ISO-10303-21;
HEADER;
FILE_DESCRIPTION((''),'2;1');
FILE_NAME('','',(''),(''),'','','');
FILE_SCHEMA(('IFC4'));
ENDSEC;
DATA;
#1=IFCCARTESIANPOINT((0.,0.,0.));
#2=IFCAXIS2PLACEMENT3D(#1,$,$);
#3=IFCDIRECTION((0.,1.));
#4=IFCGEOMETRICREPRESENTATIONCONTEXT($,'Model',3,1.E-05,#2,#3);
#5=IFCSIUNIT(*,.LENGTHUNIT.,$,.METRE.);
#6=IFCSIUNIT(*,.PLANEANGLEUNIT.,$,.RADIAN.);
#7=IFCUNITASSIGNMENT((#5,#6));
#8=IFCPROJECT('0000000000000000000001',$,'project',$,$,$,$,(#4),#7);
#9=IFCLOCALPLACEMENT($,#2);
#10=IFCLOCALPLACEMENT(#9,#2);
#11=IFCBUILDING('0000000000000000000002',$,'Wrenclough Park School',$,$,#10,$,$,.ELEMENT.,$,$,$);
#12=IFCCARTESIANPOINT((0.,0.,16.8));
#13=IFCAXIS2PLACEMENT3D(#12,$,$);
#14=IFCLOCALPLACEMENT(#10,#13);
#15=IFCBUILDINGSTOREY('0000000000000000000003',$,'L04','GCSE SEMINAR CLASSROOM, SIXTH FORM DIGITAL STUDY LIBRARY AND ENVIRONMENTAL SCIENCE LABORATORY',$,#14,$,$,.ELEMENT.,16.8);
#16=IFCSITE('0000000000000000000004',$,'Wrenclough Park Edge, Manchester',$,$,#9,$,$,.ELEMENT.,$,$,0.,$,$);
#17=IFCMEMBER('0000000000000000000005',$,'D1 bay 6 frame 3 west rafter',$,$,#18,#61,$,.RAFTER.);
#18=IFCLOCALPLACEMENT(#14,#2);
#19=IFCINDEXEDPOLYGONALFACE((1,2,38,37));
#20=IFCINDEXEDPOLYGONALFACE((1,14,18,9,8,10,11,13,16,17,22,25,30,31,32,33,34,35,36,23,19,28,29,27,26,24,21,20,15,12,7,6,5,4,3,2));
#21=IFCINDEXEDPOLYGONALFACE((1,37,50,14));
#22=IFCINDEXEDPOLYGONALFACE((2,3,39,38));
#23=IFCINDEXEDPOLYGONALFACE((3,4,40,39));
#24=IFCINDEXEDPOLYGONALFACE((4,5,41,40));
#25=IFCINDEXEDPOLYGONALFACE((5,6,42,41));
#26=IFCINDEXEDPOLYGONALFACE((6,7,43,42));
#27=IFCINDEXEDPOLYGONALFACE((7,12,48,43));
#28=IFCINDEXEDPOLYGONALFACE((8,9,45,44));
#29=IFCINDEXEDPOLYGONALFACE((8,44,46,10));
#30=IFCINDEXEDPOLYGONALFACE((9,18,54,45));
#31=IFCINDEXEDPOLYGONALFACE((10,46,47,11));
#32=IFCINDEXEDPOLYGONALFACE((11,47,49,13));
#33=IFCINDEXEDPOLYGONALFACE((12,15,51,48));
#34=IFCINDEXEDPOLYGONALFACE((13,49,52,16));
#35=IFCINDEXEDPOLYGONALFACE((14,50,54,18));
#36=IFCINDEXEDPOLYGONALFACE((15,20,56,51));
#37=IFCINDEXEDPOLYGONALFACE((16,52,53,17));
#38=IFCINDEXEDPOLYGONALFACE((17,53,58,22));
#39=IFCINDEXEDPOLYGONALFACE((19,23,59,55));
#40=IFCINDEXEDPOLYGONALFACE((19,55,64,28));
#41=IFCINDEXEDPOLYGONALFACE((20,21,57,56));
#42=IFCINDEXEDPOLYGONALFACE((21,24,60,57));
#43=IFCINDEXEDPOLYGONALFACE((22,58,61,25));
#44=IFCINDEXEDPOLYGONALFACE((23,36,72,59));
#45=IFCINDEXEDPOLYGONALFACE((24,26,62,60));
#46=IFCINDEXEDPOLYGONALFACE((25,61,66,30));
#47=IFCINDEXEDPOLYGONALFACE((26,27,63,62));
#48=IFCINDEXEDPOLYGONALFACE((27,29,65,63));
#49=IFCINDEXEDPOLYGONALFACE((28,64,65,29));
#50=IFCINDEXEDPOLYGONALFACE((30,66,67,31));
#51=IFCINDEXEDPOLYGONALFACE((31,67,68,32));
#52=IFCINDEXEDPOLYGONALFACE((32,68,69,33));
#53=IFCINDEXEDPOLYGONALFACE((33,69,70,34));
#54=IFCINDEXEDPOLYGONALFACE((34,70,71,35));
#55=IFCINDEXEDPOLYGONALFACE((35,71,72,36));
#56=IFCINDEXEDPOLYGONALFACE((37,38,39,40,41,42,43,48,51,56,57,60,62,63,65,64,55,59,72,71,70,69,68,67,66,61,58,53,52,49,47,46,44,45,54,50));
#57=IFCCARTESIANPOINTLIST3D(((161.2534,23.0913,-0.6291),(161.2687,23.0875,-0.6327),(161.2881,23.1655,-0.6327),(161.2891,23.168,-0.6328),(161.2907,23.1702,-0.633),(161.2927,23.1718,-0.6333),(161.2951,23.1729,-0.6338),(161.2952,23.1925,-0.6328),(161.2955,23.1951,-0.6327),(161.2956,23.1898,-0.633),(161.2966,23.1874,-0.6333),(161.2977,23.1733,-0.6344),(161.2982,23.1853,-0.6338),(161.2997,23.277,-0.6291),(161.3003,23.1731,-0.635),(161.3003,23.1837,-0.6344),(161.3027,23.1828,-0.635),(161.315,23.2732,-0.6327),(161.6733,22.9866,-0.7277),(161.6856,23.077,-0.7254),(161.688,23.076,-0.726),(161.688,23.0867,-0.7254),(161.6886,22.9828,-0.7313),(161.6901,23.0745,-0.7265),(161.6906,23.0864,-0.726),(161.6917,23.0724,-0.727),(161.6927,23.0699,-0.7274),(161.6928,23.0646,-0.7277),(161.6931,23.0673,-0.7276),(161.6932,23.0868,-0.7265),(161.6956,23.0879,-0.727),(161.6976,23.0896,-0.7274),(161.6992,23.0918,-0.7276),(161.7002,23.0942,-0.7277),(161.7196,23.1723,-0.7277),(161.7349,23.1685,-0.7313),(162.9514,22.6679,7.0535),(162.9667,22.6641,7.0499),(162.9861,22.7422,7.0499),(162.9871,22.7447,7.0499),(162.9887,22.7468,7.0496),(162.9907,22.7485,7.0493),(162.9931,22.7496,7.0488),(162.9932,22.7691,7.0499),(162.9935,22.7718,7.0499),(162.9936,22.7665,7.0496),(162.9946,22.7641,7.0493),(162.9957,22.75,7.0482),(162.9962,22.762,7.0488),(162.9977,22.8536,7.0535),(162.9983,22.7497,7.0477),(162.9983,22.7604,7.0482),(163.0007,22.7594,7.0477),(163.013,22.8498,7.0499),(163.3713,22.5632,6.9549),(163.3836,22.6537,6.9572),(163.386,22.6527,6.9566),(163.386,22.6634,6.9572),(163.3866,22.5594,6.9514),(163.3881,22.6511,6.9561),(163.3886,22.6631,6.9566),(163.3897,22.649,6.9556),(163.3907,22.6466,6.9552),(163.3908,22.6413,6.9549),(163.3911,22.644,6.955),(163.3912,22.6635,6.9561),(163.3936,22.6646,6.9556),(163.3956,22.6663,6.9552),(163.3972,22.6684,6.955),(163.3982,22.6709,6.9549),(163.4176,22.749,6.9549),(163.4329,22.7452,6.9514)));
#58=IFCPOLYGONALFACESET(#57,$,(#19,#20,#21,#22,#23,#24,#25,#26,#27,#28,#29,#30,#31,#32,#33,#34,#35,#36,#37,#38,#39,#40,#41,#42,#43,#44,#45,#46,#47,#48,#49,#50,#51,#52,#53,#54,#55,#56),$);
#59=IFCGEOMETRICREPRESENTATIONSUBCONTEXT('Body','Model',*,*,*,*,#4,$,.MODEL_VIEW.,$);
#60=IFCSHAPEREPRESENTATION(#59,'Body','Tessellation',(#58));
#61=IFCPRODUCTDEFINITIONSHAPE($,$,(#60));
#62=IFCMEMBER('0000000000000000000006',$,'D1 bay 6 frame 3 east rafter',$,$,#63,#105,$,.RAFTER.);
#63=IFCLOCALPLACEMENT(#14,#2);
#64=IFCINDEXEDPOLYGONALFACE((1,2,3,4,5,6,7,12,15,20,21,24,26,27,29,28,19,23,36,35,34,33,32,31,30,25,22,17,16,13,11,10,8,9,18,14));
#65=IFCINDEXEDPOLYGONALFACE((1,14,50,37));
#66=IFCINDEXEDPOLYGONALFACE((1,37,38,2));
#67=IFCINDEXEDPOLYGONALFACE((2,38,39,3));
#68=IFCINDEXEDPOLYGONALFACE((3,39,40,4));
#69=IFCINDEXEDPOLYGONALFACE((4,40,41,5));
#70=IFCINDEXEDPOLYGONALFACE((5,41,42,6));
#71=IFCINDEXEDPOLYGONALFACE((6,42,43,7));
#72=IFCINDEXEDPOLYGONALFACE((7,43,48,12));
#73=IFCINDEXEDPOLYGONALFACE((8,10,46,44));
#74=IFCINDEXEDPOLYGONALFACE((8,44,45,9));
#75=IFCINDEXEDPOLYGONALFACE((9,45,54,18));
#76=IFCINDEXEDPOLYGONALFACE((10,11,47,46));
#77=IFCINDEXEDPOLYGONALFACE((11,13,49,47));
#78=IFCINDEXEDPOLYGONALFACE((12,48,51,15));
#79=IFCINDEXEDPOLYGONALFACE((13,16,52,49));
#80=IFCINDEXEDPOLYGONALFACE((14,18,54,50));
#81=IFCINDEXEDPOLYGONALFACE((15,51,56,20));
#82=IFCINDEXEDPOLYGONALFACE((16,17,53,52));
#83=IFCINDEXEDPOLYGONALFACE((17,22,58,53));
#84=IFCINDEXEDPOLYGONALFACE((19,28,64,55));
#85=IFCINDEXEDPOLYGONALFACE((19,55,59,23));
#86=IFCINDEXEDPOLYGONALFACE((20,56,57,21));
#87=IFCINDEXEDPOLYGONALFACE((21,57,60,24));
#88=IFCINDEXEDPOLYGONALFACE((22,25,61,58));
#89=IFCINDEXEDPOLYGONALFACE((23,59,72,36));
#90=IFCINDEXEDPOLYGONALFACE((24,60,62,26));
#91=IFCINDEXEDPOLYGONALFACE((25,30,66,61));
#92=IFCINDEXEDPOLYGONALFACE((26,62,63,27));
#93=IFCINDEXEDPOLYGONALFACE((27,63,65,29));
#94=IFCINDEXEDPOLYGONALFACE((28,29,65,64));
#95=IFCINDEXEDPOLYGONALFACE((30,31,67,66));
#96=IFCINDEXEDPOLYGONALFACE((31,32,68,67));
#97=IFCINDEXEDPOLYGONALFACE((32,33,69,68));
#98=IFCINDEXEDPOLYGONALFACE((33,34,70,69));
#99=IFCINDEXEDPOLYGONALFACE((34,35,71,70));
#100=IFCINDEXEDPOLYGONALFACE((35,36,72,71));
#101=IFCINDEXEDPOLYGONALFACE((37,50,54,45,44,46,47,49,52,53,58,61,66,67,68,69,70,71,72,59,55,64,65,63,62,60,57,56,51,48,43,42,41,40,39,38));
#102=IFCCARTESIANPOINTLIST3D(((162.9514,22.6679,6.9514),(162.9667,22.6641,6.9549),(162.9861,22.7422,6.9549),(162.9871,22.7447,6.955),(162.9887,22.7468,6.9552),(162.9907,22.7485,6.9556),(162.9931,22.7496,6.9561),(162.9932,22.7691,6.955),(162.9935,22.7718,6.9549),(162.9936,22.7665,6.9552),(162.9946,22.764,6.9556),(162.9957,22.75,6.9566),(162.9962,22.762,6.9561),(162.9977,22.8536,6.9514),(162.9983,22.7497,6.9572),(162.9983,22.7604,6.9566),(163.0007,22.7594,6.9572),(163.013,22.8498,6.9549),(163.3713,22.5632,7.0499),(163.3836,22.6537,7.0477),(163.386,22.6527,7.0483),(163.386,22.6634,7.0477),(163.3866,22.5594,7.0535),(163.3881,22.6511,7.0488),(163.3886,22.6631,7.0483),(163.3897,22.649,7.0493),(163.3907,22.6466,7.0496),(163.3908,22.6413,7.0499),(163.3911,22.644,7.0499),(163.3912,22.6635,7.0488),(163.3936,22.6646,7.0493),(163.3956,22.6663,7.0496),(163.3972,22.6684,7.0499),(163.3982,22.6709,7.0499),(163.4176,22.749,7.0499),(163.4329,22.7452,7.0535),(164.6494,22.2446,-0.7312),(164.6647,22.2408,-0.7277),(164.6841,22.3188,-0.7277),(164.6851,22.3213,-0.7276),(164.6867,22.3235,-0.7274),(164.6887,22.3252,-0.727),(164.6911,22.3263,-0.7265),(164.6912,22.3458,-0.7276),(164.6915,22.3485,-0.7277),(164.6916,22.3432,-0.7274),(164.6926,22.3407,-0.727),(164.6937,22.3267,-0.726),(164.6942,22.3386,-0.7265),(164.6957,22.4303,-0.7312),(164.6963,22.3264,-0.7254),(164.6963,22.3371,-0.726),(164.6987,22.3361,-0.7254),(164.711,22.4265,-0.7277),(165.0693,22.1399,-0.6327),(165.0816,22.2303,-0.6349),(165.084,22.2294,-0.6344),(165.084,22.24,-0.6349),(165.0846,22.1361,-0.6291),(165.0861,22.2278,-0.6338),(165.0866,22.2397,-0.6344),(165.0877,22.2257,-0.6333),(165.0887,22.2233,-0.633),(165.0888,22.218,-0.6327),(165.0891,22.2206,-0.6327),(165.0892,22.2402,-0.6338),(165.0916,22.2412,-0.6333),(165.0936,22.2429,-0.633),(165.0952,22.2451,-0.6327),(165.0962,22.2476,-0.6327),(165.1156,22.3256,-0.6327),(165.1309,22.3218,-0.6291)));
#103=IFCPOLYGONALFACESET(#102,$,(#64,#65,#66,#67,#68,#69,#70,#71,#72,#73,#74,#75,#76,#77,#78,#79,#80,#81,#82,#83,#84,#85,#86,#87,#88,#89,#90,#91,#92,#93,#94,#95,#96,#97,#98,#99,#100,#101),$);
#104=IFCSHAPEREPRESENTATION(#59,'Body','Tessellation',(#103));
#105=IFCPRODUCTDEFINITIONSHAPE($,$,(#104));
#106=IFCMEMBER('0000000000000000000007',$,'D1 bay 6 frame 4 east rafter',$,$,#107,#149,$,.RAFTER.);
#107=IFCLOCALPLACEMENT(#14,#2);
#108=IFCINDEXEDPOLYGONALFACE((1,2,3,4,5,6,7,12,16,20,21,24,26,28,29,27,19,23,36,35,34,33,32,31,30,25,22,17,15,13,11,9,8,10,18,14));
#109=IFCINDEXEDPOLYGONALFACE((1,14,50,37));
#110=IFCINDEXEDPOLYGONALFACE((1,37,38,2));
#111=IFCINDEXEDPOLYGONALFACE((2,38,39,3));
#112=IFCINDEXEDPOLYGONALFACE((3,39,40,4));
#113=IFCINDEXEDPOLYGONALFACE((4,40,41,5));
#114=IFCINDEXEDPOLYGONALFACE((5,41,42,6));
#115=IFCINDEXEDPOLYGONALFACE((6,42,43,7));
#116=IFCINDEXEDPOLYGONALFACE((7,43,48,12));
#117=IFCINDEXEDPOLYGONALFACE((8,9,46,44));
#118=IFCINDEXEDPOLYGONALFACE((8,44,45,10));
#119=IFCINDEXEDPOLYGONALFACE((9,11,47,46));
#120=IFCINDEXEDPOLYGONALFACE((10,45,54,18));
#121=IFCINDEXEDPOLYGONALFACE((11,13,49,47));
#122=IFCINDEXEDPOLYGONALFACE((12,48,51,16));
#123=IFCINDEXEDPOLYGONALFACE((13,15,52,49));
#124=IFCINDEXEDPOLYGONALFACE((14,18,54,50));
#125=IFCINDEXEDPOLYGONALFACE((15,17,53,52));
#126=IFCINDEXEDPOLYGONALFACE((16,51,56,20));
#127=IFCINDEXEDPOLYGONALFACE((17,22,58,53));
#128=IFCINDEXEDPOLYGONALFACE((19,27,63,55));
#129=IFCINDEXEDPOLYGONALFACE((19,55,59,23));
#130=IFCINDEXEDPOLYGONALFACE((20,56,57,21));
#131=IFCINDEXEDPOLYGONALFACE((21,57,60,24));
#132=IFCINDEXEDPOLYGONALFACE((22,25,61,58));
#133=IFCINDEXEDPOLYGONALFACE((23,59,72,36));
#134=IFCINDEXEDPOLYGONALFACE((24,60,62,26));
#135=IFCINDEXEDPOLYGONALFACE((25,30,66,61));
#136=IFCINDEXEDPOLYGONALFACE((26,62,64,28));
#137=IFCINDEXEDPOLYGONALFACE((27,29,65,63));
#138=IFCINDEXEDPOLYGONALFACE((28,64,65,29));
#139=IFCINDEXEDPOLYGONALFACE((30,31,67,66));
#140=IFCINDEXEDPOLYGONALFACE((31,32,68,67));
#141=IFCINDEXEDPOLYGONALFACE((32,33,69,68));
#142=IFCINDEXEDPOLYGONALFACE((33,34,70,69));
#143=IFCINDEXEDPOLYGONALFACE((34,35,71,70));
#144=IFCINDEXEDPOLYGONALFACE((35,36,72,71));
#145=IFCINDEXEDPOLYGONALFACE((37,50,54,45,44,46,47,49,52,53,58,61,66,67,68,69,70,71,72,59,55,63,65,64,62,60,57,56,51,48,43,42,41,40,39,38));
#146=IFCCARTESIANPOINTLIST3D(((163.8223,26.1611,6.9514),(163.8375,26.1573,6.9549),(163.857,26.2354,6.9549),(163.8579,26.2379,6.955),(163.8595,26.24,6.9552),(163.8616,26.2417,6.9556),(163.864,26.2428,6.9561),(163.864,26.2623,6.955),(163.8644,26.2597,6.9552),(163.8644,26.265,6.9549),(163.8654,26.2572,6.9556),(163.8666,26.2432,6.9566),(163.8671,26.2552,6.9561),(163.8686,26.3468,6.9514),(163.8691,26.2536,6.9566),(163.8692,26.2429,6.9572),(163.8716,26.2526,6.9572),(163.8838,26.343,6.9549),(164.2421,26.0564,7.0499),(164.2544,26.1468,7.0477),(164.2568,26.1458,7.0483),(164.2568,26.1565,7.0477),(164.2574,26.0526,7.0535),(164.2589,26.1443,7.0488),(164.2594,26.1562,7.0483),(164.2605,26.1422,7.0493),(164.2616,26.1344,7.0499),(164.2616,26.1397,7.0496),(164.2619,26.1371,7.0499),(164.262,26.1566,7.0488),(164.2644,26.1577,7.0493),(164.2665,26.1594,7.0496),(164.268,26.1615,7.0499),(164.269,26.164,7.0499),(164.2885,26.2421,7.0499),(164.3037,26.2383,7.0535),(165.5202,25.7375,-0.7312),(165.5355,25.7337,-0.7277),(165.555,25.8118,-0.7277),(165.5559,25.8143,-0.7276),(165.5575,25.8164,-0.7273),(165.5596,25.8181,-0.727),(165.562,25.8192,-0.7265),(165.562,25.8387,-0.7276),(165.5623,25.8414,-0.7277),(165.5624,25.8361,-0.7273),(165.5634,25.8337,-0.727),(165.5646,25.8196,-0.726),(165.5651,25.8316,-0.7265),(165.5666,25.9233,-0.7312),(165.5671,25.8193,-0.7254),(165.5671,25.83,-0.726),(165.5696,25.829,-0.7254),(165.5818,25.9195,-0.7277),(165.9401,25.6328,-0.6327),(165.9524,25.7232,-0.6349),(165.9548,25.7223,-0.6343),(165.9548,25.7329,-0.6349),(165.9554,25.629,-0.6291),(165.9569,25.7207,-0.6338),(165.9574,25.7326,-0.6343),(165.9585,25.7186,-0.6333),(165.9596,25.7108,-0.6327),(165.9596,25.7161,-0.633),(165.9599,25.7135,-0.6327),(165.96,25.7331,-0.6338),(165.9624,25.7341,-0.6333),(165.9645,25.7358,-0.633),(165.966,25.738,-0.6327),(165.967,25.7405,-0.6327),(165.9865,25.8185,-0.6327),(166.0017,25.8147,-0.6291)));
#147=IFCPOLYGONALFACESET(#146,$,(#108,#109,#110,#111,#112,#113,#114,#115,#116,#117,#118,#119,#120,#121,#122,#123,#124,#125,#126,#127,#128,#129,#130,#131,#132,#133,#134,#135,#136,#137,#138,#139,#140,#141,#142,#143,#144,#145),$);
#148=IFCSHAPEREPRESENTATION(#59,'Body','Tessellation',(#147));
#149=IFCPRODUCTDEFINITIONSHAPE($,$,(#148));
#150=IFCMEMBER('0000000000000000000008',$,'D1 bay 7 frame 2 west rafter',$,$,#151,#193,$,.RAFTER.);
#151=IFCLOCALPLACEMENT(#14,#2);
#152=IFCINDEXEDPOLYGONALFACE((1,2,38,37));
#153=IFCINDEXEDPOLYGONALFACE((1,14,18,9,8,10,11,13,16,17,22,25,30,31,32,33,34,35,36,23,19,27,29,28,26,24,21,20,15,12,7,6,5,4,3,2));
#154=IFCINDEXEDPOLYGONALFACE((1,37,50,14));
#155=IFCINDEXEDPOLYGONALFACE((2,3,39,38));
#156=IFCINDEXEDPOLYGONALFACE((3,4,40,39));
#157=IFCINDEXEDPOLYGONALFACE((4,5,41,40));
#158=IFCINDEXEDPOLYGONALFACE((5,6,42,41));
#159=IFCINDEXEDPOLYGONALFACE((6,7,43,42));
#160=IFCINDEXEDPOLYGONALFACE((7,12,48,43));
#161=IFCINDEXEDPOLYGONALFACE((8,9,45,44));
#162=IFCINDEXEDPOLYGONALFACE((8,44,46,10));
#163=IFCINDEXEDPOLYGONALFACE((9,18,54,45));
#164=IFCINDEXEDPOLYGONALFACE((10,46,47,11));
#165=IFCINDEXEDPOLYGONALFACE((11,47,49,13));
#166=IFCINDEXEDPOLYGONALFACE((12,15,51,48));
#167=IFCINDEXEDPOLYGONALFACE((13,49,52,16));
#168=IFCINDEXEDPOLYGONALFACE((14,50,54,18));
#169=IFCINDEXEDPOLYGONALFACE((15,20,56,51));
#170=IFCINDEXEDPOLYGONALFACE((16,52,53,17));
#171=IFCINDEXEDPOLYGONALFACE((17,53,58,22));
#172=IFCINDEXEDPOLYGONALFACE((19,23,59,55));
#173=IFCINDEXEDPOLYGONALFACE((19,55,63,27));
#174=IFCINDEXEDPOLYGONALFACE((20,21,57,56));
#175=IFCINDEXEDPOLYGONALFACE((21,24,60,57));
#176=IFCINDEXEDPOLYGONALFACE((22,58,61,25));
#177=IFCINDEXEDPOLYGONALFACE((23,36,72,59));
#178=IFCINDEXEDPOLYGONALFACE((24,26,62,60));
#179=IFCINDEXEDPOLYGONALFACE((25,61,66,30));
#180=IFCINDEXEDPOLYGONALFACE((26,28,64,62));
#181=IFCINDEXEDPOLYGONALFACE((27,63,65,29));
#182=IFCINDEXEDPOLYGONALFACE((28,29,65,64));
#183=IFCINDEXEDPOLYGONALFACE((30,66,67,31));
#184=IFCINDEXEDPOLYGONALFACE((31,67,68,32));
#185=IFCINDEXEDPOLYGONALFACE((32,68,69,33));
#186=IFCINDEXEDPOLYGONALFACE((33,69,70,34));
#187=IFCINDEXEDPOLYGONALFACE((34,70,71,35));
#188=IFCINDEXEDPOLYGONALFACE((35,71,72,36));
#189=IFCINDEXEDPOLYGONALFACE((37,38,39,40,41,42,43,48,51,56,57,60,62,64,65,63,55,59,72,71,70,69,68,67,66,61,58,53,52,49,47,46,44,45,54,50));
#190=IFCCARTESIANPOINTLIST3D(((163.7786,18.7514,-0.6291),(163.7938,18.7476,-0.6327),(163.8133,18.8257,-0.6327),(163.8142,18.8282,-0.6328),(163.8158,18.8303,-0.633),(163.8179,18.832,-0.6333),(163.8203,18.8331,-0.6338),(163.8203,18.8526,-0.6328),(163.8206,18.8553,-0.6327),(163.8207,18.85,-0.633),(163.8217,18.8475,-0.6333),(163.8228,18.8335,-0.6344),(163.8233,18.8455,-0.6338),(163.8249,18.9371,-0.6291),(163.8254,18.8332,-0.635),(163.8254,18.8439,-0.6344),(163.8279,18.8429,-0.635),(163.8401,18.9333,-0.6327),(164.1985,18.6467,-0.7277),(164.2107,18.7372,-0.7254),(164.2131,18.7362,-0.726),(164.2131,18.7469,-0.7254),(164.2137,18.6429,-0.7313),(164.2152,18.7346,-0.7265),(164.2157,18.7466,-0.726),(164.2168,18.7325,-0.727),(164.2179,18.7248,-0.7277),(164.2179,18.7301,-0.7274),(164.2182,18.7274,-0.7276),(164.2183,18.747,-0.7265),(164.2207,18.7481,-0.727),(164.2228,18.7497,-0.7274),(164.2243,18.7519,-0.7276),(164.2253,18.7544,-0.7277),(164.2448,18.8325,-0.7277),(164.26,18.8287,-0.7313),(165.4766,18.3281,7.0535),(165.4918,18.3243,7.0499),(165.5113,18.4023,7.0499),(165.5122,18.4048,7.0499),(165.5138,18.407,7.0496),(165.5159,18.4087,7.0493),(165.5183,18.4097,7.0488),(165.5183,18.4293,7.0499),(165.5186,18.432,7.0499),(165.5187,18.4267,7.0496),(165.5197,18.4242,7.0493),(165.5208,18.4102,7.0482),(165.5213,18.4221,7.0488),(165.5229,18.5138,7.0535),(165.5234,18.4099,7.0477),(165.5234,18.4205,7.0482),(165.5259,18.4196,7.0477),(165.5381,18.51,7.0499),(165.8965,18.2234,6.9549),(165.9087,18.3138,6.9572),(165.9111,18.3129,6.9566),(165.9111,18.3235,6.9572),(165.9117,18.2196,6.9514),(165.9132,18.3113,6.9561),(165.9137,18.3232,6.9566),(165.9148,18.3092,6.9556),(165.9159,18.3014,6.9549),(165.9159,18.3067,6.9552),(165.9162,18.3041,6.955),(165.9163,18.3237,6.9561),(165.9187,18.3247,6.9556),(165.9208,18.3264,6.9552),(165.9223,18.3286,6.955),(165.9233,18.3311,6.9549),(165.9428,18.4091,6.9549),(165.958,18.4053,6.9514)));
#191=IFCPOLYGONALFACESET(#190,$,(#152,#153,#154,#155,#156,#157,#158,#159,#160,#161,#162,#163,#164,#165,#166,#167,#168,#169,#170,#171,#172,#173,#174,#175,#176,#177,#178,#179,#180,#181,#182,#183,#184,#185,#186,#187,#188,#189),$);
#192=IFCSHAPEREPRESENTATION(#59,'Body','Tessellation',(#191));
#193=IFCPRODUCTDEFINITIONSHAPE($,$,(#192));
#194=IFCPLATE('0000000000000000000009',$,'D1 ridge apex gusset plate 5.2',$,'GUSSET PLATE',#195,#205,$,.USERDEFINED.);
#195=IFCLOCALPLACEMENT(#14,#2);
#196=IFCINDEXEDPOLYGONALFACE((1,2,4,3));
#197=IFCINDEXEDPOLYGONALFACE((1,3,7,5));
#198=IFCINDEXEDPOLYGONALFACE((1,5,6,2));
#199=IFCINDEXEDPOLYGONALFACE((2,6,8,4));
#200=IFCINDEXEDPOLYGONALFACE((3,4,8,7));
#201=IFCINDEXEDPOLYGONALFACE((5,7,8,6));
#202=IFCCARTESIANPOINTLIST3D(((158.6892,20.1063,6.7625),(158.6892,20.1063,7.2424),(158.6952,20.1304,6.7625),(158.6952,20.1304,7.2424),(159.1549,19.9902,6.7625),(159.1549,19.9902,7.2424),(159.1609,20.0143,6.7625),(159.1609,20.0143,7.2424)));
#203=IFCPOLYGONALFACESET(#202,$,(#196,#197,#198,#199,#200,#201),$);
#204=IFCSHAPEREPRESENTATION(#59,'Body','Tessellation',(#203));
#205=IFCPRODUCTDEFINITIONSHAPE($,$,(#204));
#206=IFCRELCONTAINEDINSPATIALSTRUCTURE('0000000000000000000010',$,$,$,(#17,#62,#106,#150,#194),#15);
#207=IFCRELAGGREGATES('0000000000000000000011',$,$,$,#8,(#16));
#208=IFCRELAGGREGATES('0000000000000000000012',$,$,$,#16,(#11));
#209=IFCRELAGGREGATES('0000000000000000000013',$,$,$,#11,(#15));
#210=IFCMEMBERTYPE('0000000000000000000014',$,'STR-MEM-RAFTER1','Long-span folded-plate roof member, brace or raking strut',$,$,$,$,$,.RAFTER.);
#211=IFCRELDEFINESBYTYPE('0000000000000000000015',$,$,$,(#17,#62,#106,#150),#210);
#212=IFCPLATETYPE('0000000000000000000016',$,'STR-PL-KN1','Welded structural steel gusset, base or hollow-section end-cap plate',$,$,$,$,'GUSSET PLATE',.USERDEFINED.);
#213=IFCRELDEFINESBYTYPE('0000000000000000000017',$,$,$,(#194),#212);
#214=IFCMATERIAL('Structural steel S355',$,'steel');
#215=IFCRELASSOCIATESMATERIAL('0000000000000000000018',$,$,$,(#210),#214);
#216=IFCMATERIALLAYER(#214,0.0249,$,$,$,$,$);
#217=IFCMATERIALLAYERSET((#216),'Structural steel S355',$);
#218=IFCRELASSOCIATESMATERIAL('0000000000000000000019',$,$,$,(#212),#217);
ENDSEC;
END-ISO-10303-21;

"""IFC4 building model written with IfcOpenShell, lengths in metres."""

from ifc_helpers import new_model, si_unit, direction, frame, origin, origin_2d, place, context, subcontext, project, spatial, rectangle, i_section, extrude, material, layer, layer_set, material_profile, profile_set, type_object, element, save


model = new_model("IFC4")

# Units and contexts
model_context = context("Model", 3, precision=1e-05, world=origin(), true_north=direction((0.0, 1.0)))
body_context = subcontext(model_context, "Body", "Model", "MODEL_VIEW")
ifc_project = project(units=[si_unit("LENGTHUNIT", "METRE"), si_unit("PLANEANGLEUNIT", "RADIAN")], contexts=[model_context])

# Site, building, storey
site_placement = place(None, origin())
site = spatial("IfcSite", under=ifc_project, at=site_placement, Name="Wrenclough Park Edge, Manchester", CompositionType="ELEMENT", RefElevation=0.0)
building_placement = place(site_placement, origin())
building = spatial("IfcBuilding", under=site, at=building_placement, Name="Wrenclough Park School", CompositionType="ELEMENT")
storey_placement = place(building_placement, frame((0.0, 0.0, 16.8)))
storey = spatial("IfcBuildingStorey", under=building, at=storey_placement, Name="L04", Description="GCSE SEMINAR CLASSROOM, SIXTH FORM DIGITAL STUDY LIBRARY AND ENVIRONMENTAL SCIENCE LABORATORY", CompositionType="ELEMENT", Elevation=16.8)

# Members
ifc_material = material(Name="Structural steel S355", Category="steel")
ifc_material_profile_1 = material_profile(ifc_material, i_section(OverallWidth=0.1914, OverallDepth=0.46, WebThickness=0.01, FlangeThickness=0.0161, FilletRadius=0.0103, at=origin_2d()), Name="UKB 457x191x82")
ifc_profile_set_1 = profile_set([ifc_material_profile_1], Name="Structural steel S355")
member_type_1 = type_object("IfcMemberType", Name="STR-MEM-RAFTER1", Description="Long-span folded-plate roof member, brace or raking strut", PredefinedType="RAFTER", material=ifc_profile_set_1)
for number, where, z_axis, x_axis, name in (
    (1, (161.4941, 23.1299, -0.6802), (0.215498, -0.053727, 0.975025), (0.241912, 0.970298, 0.0), "D1 bay 6 frame 3 west rafter"),
    (2, (163.1921, 22.7065, 7.0024), (0.215498, -0.053727, -0.975025), (0.241912, 0.970298, 0.0), "D1 bay 6 frame 3 east rafter"),
    (3, (164.063, 26.1997, 7.0024), (0.215498, -0.053758, -0.975023), (0.242043, 0.970265, 0.0), "D1 bay 6 frame 4 east rafter"),
    (4, (164.0193, 18.79, -0.6802), (0.215498, -0.053727, 0.975025), (0.241912, 0.970298, 0.0), "D1 bay 7 frame 2 west rafter"),
):
    element("IfcMember", number, at=place(storey_placement, frame(where, z_axis=z_axis, x_axis=x_axis)), inside=storey, type_object=member_type_1, Name=name, PredefinedType="RAFTER", context=body_context, shape_type="SweptSolid", body=[
        extrude(i_section(OverallWidth=0.1914, OverallDepth=0.46, WebThickness=0.01, FlangeThickness=0.0161, FilletRadius=0.0103, at=origin_2d()), origin(), (0.0, 0.0, 1.0), 7.8794),
    ])

# Plate
ifc_layer_1 = layer(ifc_material, 0.0249)
ifc_layer_set_1 = layer_set([ifc_layer_1], Name="Structural steel S355")
plate_type_1 = type_object("IfcPlateType", Name="STR-PL-KN1", Description="Welded structural steel gusset, base or hollow-section end-cap plate", ElementType="GUSSET PLATE", PredefinedType="USERDEFINED", material=ifc_layer_set_1)
for number, where, z_axis, x_axis, name in (
    (5, (158.925, 20.0603, 6.7625), (0.0, 0.0, 1.0), (0.970296, -0.241922, 0.0), "D1 ridge apex gusset plate 5.2"),
):
    element("IfcPlate", number, at=place(storey_placement, frame(where, z_axis=z_axis, x_axis=x_axis)), inside=storey, type_object=plate_type_1, Name=name, ObjectType="GUSSET PLATE", PredefinedType="USERDEFINED", context=body_context, shape_type="SweptSolid", body=[
        extrude(rectangle(XDim=0.48, YDim=0.0249, at=origin_2d()), origin(), (0.0, 0.0, 1.0), 0.48),
    ])

save(model, "model.ifc")
